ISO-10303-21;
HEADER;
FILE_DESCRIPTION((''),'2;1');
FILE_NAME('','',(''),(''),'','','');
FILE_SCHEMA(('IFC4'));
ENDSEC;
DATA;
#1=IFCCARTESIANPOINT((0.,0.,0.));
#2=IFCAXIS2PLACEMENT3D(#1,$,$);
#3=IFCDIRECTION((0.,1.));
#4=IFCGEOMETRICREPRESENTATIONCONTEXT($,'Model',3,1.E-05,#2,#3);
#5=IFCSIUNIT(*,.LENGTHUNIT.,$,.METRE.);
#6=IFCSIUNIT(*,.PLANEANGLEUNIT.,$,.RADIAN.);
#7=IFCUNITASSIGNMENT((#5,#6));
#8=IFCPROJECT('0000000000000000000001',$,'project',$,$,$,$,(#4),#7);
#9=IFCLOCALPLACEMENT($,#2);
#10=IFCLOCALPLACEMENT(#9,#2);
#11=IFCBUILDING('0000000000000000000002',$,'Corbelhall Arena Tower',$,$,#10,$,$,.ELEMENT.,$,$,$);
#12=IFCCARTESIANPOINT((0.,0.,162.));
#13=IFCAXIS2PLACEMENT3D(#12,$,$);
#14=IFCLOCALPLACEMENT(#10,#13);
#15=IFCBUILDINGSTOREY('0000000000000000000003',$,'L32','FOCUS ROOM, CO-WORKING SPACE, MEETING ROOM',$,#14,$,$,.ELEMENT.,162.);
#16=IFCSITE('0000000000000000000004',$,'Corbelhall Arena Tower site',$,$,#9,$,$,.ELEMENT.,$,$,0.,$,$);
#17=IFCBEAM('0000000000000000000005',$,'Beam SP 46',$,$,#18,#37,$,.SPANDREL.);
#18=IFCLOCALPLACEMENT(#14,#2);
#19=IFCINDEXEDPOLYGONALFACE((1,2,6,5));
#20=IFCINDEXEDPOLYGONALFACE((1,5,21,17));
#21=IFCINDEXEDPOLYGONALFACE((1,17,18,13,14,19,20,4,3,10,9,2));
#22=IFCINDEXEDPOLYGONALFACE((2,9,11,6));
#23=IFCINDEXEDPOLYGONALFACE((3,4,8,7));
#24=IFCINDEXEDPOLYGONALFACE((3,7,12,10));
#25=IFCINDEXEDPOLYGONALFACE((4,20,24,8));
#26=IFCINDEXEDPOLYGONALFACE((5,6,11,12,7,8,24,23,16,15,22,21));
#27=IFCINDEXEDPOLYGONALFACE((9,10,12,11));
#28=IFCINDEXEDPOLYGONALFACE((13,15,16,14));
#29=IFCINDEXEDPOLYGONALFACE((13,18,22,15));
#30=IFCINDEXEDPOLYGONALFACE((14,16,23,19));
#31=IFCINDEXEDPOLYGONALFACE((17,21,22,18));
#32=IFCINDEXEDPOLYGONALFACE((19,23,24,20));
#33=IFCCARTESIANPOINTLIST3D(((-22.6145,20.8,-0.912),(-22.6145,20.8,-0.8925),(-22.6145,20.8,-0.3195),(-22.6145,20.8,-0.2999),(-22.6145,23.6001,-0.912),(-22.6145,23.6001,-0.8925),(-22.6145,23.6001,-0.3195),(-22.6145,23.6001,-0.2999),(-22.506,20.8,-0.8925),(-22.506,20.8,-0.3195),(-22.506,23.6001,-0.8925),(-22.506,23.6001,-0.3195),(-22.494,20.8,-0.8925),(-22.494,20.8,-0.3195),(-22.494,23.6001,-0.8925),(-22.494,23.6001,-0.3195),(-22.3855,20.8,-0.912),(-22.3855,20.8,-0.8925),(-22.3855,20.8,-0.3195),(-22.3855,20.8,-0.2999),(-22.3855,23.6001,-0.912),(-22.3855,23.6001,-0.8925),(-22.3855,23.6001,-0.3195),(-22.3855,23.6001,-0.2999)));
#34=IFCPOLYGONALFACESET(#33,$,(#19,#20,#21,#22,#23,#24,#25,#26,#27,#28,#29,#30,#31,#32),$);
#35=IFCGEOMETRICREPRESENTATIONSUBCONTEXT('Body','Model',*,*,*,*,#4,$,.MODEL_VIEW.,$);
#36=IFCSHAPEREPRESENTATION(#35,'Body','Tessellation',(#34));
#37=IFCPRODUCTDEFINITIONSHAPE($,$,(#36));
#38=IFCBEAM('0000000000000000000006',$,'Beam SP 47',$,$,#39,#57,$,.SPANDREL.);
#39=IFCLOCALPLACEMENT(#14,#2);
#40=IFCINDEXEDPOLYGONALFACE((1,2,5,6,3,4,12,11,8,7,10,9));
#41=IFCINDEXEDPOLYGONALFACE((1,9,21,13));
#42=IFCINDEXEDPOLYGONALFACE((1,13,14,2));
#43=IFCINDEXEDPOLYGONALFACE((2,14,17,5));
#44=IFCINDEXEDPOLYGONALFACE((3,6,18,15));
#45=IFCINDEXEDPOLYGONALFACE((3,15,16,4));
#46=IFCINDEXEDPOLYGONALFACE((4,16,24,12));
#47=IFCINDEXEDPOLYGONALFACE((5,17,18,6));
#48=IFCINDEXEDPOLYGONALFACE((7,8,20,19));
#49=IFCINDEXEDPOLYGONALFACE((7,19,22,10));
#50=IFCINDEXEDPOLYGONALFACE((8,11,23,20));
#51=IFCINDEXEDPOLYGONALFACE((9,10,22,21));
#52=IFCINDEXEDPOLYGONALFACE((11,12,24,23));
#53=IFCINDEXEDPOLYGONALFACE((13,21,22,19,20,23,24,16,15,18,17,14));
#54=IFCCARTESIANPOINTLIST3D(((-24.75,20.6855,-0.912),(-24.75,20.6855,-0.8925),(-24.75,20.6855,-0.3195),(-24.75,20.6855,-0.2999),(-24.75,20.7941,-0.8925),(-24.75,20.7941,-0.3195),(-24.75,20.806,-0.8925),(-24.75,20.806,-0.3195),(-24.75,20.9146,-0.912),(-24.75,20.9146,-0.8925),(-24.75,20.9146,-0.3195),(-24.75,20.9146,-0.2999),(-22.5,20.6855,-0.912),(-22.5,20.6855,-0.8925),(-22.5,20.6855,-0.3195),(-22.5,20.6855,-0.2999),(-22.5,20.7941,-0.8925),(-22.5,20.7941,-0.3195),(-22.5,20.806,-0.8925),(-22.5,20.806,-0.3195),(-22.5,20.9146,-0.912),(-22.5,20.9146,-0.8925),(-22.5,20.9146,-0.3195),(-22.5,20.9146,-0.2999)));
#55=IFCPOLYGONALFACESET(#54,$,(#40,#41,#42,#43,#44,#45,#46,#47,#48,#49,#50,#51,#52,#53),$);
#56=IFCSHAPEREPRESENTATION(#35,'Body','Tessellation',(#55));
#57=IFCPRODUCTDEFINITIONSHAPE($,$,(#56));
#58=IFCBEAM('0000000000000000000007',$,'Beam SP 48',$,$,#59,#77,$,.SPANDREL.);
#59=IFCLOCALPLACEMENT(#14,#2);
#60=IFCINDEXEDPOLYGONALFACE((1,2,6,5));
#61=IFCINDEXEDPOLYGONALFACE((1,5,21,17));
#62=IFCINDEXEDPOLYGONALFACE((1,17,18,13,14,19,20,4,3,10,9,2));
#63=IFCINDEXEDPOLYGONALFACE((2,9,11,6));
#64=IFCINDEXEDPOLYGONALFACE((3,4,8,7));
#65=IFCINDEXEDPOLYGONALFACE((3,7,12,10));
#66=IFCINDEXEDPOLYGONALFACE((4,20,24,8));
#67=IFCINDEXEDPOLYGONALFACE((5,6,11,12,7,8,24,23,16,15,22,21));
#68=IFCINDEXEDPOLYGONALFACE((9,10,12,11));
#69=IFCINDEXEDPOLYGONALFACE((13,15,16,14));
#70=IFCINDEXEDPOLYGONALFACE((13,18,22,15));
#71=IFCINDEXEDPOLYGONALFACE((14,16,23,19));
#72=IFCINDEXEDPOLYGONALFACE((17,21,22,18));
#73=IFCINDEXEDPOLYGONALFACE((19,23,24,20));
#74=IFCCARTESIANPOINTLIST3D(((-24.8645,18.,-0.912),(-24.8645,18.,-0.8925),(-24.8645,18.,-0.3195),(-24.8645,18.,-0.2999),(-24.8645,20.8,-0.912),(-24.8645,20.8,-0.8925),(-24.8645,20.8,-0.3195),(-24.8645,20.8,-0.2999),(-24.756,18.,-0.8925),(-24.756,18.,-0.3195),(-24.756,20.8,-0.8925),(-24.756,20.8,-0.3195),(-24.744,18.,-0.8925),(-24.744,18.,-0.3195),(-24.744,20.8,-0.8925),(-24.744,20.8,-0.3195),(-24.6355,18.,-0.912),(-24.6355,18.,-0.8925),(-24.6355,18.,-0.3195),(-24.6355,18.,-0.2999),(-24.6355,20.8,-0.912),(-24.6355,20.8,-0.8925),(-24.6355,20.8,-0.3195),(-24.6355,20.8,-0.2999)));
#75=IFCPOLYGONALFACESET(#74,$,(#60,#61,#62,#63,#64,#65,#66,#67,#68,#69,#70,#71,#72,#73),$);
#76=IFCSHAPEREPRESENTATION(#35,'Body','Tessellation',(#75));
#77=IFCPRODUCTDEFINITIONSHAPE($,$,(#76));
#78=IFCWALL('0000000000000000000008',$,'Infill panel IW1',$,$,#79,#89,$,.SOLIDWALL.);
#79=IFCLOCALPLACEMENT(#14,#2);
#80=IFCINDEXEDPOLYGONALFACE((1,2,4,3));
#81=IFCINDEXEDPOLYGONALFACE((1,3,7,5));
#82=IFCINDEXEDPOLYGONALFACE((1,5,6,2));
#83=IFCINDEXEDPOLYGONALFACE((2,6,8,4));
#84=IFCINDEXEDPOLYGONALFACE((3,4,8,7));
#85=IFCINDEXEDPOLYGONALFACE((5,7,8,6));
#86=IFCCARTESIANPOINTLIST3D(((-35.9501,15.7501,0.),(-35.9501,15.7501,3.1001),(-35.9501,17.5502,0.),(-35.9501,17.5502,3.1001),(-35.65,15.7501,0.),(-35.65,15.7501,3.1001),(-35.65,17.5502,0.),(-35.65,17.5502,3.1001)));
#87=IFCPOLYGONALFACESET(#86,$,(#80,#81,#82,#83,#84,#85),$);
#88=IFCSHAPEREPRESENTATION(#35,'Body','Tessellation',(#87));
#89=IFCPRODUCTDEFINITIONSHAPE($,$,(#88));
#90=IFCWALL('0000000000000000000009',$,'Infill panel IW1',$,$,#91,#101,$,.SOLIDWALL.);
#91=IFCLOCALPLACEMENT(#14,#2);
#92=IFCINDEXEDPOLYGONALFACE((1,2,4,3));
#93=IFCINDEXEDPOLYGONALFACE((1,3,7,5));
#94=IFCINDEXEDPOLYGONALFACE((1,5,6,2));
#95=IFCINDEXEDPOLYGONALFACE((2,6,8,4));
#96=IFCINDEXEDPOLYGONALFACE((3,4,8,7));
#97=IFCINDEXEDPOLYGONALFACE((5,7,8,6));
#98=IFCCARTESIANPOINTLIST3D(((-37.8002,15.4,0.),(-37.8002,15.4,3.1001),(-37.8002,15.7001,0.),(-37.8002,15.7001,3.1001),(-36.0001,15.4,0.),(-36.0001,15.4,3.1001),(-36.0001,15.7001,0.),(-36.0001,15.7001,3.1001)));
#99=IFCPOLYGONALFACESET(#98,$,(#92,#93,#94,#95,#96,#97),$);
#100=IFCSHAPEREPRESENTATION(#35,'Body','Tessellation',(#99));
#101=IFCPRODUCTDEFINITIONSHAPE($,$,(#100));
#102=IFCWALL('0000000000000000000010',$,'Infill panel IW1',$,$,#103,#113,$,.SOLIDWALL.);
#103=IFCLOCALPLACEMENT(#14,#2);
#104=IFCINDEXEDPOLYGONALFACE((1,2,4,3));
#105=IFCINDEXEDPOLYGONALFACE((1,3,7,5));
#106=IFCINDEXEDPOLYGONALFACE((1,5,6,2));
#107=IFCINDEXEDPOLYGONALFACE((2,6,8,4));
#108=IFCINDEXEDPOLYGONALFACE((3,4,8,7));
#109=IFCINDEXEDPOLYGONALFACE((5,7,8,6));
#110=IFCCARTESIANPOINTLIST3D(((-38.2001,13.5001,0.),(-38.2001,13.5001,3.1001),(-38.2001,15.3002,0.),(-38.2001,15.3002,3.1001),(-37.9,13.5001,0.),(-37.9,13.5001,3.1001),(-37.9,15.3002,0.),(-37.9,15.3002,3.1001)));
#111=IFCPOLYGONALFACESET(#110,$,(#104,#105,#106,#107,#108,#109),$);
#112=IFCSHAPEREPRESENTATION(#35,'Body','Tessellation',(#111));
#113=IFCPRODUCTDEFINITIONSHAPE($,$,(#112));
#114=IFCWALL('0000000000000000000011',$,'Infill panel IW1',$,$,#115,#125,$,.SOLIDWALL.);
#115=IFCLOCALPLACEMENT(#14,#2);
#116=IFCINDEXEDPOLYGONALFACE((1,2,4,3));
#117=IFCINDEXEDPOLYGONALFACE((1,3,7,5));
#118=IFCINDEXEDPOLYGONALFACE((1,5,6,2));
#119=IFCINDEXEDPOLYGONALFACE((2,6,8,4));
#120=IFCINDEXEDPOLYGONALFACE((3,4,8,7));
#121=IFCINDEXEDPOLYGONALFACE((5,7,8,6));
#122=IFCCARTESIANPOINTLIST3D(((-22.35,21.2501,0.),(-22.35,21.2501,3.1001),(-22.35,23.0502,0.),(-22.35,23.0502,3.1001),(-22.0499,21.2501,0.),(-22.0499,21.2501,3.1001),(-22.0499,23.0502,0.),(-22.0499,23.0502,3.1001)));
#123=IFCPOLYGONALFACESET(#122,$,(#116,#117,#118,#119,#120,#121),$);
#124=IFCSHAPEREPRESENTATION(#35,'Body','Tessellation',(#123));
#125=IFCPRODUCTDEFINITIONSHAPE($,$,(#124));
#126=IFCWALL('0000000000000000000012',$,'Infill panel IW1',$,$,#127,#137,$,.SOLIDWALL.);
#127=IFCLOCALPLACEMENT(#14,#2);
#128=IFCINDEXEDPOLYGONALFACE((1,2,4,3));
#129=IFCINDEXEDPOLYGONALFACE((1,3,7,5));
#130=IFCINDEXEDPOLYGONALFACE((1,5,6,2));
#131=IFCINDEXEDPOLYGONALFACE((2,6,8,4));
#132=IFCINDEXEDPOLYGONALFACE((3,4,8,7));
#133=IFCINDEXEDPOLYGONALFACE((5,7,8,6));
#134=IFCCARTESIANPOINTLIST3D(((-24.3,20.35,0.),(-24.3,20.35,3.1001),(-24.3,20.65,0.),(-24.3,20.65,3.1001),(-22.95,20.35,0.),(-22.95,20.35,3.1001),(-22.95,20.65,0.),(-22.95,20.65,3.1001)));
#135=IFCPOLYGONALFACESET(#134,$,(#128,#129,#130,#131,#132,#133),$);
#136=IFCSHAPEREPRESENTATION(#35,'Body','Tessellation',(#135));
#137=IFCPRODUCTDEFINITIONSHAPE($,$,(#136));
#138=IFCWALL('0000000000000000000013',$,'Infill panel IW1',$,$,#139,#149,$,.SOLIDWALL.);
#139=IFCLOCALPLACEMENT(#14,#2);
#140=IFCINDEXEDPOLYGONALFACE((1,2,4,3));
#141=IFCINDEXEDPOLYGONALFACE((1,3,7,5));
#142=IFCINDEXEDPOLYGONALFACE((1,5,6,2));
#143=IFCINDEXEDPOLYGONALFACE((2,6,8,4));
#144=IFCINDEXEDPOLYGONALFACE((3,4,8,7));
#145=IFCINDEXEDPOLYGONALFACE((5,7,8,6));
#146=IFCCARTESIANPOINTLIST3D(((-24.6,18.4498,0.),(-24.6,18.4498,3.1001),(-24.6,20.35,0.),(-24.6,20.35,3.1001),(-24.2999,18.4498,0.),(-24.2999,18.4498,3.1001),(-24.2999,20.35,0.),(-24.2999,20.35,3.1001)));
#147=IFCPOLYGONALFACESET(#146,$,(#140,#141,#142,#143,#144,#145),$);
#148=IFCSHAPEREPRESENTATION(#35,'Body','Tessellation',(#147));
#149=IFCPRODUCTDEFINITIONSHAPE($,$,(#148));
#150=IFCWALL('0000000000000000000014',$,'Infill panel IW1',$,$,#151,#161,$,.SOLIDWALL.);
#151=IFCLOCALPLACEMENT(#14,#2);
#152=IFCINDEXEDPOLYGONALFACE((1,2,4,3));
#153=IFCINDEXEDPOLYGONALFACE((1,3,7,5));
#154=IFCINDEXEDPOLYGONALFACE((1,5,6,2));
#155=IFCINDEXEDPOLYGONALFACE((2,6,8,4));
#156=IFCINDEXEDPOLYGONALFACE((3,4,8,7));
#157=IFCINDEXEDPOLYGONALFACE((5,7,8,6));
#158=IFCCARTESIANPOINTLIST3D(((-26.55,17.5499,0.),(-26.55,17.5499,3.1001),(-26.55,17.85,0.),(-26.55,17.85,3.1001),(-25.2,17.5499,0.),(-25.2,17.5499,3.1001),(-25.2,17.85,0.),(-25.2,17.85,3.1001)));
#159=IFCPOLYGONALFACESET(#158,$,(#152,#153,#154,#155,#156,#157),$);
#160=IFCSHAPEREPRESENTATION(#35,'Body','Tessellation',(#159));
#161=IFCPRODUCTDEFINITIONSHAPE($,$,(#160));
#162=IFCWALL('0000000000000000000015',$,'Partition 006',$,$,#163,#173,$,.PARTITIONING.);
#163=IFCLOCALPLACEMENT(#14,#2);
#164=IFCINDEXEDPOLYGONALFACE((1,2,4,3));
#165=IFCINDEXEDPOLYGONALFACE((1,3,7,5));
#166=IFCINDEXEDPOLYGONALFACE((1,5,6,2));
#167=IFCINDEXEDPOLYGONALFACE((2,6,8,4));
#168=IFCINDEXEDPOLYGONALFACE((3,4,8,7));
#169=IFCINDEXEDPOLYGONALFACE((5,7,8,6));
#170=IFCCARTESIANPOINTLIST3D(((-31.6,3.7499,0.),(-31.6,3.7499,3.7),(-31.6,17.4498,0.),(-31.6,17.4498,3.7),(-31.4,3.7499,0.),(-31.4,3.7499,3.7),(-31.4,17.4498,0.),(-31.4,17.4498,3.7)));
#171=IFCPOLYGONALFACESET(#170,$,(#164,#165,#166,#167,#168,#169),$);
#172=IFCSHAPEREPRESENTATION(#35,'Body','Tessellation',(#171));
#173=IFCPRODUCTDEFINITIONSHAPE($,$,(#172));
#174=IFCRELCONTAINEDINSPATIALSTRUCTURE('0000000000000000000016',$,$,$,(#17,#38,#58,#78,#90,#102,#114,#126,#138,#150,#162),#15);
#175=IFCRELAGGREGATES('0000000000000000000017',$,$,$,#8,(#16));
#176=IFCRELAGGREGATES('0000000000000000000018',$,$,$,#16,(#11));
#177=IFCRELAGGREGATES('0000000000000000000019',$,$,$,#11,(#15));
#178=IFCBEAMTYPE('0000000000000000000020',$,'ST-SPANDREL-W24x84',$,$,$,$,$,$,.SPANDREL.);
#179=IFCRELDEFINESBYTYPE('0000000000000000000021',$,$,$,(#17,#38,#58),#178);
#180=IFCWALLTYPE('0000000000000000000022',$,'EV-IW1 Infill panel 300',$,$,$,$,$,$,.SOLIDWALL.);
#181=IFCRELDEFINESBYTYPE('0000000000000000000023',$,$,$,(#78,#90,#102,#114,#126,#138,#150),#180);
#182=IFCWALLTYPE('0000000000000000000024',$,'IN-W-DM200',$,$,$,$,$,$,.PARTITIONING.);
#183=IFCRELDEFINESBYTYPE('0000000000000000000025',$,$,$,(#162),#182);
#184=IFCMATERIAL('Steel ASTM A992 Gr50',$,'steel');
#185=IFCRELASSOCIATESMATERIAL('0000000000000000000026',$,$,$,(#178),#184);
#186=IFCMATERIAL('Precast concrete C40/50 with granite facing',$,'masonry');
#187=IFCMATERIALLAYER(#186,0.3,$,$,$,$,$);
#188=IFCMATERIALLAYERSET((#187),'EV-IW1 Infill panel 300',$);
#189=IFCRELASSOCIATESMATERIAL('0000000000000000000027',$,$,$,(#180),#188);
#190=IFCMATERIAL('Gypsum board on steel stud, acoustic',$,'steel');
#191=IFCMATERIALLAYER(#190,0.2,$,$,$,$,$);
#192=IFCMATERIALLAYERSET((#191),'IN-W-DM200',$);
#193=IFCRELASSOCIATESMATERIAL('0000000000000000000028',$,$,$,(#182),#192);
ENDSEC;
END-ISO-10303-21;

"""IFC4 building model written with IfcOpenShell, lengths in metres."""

from ifc_helpers import new_model, si_unit, direction, frame, frame_2d, origin, origin_2d, place, context, subcontext, project, spatial, rectangle, i_section, extrude, material, layer, layer_set, material_profile, profile_set, type_object, element, save


model = new_model("IFC4")

# Units and contexts
model_context = context("Model", 3, precision=1e-05, world=origin(), true_north=direction((0.0, 1.0)))
body_context = subcontext(model_context, "Body", "Model", "MODEL_VIEW")
ifc_project = project(units=[si_unit("LENGTHUNIT", "METRE"), si_unit("PLANEANGLEUNIT", "RADIAN")], contexts=[model_context])

# Site, building, storey
site_placement = place(None, origin())
site = spatial("IfcSite", under=ifc_project, at=site_placement, Name="Corbelhall Arena Tower site", CompositionType="ELEMENT", RefElevation=0.0)
building_placement = place(site_placement, origin())
building = spatial("IfcBuilding", under=site, at=building_placement, Name="Corbelhall Arena Tower", CompositionType="ELEMENT")
storey_placement = place(building_placement, frame((0.0, 0.0, 162.0)))
storey = spatial("IfcBuildingStorey", under=building, at=storey_placement, Name="L32", Description="FOCUS ROOM, CO-WORKING SPACE, MEETING ROOM", CompositionType="ELEMENT", Elevation=162.0)

# Beams
ifc_material_1 = material(Name="Steel ASTM A992 Gr50", Category="steel")
ifc_material_profile_1 = material_profile(ifc_material_1, i_section(OverallWidth=0.229, OverallDepth=0.6121, WebThickness=0.012, FlangeThickness=0.0195, at=origin_2d()))
ifc_profile_set_1 = profile_set([ifc_material_profile_1], Name="Steel ASTM A992 Gr50")
beam_type = type_object("IfcBeamType", Name="ST-SPANDREL-W24x84", PredefinedType="SPANDREL", material=ifc_profile_set_1)
beam_1_placement = place(storey_placement, frame((-22.5, 20.8, -0.606), z_axis=(0.0, 1.0, 0.0), x_axis=(-1.0, 0.0, 0.0)))
element("IfcBeam", 1, at=beam_1_placement, inside=storey, type_object=beam_type, Name="Beam SP 46", PredefinedType="SPANDREL", context=body_context, shape_type="SweptSolid", body=[
    extrude(i_section(OverallWidth=0.229, OverallDepth=0.6121, WebThickness=0.012, FlangeThickness=0.0195, at=origin_2d()), origin(), (0.0, 0.0, 1.0), 2.8),
])
beam_2_placement = place(storey_placement, frame((-24.75, 20.8, -0.606), z_axis=(1.0, 0.0, 0.0), x_axis=(0.0, 1.0, 0.0)))
element("IfcBeam", 2, at=beam_2_placement, inside=storey, type_object=beam_type, Name="Beam SP 47", PredefinedType="SPANDREL", context=body_context, shape_type="SweptSolid", body=[
    extrude(i_section(OverallWidth=0.229, OverallDepth=0.6121, WebThickness=0.012, FlangeThickness=0.0195, at=origin_2d()), origin(), (0.0, 0.0, 1.0), 2.25),
])
beam_3_placement = place(storey_placement, frame((-24.75, 18.0, -0.606), z_axis=(0.0, 1.0, 0.0), x_axis=(-1.0, 0.0, 0.0)))
element("IfcBeam", 3, at=beam_3_placement, inside=storey, type_object=beam_type, Name="Beam SP 48", PredefinedType="SPANDREL", context=body_context, shape_type="SweptSolid", body=[
    extrude(i_section(OverallWidth=0.229, OverallDepth=0.6121, WebThickness=0.012, FlangeThickness=0.0195, at=origin_2d()), origin(), (0.0, 0.0, 1.0), 2.8),
])

# Walls
ifc_material_2 = material(Name="Precast concrete C40/50 with granite facing", Category="masonry")
ifc_layer_1 = layer(ifc_material_2, 0.3)
ifc_layer_set_1 = layer_set([ifc_layer_1], Name="EV-IW1 Infill panel 300")
wall_type_1 = type_object("IfcWallType", Name="EV-IW1 Infill panel 300", PredefinedType="SOLIDWALL", material=ifc_layer_set_1)
for number, where, z_axis, x_axis, name in (
    (4, (-35.8, 17.55, 0.0), (0.0, 0.0, 1.0), (0.0, -1.0, 0.0), "Infill panel IW1"),
    (5, (-37.8, 15.55, 0.0), (0.0, 0.0, 1.0), (1.0, 0.0, 0.0), "Infill panel IW1"),
    (6, (-38.05, 15.3, 0.0), (0.0, 0.0, 1.0), (0.0, -1.0, 0.0), "Infill panel IW1"),
    (7, (-22.2, 23.05, 0.0), (0.0, 0.0, 1.0), (0.0, -1.0, 0.0), "Infill panel IW1"),
):
    element("IfcWall", number, at=place(storey_placement, frame(where, z_axis=z_axis, x_axis=x_axis)), inside=storey, type_object=wall_type_1, Name=name, PredefinedType="SOLIDWALL", context=body_context, shape_type="SweptSolid", body=[
        extrude(rectangle(XDim=1.8, YDim=0.3, at=frame_2d((0.8999, 0.0))), origin(), (0.0, 0.0, 1.0), 3.1001),
    ])
wall_1_placement = place(storey_placement, frame((-22.95, 20.5, 0.0), z_axis=(0.0, 0.0, 1.0), x_axis=(-1.0, 0.0, 0.0)))
element("IfcWall", 8, at=wall_1_placement, inside=storey, type_object=wall_type_1, Name="Infill panel IW1", PredefinedType="SOLIDWALL", context=body_context, shape_type="SweptSolid", body=[
    extrude(rectangle(XDim=1.3501, YDim=0.3, at=frame_2d((0.675, 0.0))), origin(), (0.0, 0.0, 1.0), 3.1001),
])
wall_2_placement = place(storey_placement, frame((-24.45, 20.3501, 0.0), z_axis=(0.0, 0.0, 1.0), x_axis=(0.0, -1.0, 0.0)))
element("IfcWall", 9, at=wall_2_placement, inside=storey, type_object=wall_type_1, Name="Infill panel IW1", PredefinedType="SOLIDWALL", context=body_context, shape_type="SweptSolid", body=[
    extrude(rectangle(XDim=1.9001, YDim=0.3, at=frame_2d((0.9502, 0.0))), origin(), (0.0, 0.0, 1.0), 3.1001),
])
wall_3_placement = place(storey_placement, frame((-25.2, 17.7, 0.0), z_axis=(0.0, 0.0, 1.0), x_axis=(-1.0, 0.0, 0.0)))
element("IfcWall", 10, at=wall_3_placement, inside=storey, type_object=wall_type_1, Name="Infill panel IW1", PredefinedType="SOLIDWALL", context=body_context, shape_type="SweptSolid", body=[
    extrude(rectangle(XDim=1.3501, YDim=0.3, at=frame_2d((0.675, 0.0))), origin(), (0.0, 0.0, 1.0), 3.1001),
])

# Wall
ifc_material_3 = material(Name="Gypsum board on steel stud, acoustic", Category="steel")
ifc_layer_2 = layer(ifc_material_3, 0.2)
ifc_layer_set_2 = layer_set([ifc_layer_2], Name="IN-W-DM200")
wall_type_2 = type_object("IfcWallType", Name="IN-W-DM200", PredefinedType="PARTITIONING", material=ifc_layer_set_2)
wall_4_placement = place(storey_placement, frame((-31.5, 17.45, 0.0), z_axis=(0.0, 0.0, 1.0), x_axis=(0.0, -1.0, 0.0)))
element("IfcWall", 11, at=wall_4_placement, inside=storey, type_object=wall_type_2, Name="Partition 006", PredefinedType="PARTITIONING", context=body_context, shape_type="SweptSolid", body=[
    extrude(rectangle(XDim=13.7, YDim=0.2, at=frame_2d((6.8501, 0.0))), origin(), (0.0, 0.0, 1.0), 3.7),
])

save(model, "model.ifc")
